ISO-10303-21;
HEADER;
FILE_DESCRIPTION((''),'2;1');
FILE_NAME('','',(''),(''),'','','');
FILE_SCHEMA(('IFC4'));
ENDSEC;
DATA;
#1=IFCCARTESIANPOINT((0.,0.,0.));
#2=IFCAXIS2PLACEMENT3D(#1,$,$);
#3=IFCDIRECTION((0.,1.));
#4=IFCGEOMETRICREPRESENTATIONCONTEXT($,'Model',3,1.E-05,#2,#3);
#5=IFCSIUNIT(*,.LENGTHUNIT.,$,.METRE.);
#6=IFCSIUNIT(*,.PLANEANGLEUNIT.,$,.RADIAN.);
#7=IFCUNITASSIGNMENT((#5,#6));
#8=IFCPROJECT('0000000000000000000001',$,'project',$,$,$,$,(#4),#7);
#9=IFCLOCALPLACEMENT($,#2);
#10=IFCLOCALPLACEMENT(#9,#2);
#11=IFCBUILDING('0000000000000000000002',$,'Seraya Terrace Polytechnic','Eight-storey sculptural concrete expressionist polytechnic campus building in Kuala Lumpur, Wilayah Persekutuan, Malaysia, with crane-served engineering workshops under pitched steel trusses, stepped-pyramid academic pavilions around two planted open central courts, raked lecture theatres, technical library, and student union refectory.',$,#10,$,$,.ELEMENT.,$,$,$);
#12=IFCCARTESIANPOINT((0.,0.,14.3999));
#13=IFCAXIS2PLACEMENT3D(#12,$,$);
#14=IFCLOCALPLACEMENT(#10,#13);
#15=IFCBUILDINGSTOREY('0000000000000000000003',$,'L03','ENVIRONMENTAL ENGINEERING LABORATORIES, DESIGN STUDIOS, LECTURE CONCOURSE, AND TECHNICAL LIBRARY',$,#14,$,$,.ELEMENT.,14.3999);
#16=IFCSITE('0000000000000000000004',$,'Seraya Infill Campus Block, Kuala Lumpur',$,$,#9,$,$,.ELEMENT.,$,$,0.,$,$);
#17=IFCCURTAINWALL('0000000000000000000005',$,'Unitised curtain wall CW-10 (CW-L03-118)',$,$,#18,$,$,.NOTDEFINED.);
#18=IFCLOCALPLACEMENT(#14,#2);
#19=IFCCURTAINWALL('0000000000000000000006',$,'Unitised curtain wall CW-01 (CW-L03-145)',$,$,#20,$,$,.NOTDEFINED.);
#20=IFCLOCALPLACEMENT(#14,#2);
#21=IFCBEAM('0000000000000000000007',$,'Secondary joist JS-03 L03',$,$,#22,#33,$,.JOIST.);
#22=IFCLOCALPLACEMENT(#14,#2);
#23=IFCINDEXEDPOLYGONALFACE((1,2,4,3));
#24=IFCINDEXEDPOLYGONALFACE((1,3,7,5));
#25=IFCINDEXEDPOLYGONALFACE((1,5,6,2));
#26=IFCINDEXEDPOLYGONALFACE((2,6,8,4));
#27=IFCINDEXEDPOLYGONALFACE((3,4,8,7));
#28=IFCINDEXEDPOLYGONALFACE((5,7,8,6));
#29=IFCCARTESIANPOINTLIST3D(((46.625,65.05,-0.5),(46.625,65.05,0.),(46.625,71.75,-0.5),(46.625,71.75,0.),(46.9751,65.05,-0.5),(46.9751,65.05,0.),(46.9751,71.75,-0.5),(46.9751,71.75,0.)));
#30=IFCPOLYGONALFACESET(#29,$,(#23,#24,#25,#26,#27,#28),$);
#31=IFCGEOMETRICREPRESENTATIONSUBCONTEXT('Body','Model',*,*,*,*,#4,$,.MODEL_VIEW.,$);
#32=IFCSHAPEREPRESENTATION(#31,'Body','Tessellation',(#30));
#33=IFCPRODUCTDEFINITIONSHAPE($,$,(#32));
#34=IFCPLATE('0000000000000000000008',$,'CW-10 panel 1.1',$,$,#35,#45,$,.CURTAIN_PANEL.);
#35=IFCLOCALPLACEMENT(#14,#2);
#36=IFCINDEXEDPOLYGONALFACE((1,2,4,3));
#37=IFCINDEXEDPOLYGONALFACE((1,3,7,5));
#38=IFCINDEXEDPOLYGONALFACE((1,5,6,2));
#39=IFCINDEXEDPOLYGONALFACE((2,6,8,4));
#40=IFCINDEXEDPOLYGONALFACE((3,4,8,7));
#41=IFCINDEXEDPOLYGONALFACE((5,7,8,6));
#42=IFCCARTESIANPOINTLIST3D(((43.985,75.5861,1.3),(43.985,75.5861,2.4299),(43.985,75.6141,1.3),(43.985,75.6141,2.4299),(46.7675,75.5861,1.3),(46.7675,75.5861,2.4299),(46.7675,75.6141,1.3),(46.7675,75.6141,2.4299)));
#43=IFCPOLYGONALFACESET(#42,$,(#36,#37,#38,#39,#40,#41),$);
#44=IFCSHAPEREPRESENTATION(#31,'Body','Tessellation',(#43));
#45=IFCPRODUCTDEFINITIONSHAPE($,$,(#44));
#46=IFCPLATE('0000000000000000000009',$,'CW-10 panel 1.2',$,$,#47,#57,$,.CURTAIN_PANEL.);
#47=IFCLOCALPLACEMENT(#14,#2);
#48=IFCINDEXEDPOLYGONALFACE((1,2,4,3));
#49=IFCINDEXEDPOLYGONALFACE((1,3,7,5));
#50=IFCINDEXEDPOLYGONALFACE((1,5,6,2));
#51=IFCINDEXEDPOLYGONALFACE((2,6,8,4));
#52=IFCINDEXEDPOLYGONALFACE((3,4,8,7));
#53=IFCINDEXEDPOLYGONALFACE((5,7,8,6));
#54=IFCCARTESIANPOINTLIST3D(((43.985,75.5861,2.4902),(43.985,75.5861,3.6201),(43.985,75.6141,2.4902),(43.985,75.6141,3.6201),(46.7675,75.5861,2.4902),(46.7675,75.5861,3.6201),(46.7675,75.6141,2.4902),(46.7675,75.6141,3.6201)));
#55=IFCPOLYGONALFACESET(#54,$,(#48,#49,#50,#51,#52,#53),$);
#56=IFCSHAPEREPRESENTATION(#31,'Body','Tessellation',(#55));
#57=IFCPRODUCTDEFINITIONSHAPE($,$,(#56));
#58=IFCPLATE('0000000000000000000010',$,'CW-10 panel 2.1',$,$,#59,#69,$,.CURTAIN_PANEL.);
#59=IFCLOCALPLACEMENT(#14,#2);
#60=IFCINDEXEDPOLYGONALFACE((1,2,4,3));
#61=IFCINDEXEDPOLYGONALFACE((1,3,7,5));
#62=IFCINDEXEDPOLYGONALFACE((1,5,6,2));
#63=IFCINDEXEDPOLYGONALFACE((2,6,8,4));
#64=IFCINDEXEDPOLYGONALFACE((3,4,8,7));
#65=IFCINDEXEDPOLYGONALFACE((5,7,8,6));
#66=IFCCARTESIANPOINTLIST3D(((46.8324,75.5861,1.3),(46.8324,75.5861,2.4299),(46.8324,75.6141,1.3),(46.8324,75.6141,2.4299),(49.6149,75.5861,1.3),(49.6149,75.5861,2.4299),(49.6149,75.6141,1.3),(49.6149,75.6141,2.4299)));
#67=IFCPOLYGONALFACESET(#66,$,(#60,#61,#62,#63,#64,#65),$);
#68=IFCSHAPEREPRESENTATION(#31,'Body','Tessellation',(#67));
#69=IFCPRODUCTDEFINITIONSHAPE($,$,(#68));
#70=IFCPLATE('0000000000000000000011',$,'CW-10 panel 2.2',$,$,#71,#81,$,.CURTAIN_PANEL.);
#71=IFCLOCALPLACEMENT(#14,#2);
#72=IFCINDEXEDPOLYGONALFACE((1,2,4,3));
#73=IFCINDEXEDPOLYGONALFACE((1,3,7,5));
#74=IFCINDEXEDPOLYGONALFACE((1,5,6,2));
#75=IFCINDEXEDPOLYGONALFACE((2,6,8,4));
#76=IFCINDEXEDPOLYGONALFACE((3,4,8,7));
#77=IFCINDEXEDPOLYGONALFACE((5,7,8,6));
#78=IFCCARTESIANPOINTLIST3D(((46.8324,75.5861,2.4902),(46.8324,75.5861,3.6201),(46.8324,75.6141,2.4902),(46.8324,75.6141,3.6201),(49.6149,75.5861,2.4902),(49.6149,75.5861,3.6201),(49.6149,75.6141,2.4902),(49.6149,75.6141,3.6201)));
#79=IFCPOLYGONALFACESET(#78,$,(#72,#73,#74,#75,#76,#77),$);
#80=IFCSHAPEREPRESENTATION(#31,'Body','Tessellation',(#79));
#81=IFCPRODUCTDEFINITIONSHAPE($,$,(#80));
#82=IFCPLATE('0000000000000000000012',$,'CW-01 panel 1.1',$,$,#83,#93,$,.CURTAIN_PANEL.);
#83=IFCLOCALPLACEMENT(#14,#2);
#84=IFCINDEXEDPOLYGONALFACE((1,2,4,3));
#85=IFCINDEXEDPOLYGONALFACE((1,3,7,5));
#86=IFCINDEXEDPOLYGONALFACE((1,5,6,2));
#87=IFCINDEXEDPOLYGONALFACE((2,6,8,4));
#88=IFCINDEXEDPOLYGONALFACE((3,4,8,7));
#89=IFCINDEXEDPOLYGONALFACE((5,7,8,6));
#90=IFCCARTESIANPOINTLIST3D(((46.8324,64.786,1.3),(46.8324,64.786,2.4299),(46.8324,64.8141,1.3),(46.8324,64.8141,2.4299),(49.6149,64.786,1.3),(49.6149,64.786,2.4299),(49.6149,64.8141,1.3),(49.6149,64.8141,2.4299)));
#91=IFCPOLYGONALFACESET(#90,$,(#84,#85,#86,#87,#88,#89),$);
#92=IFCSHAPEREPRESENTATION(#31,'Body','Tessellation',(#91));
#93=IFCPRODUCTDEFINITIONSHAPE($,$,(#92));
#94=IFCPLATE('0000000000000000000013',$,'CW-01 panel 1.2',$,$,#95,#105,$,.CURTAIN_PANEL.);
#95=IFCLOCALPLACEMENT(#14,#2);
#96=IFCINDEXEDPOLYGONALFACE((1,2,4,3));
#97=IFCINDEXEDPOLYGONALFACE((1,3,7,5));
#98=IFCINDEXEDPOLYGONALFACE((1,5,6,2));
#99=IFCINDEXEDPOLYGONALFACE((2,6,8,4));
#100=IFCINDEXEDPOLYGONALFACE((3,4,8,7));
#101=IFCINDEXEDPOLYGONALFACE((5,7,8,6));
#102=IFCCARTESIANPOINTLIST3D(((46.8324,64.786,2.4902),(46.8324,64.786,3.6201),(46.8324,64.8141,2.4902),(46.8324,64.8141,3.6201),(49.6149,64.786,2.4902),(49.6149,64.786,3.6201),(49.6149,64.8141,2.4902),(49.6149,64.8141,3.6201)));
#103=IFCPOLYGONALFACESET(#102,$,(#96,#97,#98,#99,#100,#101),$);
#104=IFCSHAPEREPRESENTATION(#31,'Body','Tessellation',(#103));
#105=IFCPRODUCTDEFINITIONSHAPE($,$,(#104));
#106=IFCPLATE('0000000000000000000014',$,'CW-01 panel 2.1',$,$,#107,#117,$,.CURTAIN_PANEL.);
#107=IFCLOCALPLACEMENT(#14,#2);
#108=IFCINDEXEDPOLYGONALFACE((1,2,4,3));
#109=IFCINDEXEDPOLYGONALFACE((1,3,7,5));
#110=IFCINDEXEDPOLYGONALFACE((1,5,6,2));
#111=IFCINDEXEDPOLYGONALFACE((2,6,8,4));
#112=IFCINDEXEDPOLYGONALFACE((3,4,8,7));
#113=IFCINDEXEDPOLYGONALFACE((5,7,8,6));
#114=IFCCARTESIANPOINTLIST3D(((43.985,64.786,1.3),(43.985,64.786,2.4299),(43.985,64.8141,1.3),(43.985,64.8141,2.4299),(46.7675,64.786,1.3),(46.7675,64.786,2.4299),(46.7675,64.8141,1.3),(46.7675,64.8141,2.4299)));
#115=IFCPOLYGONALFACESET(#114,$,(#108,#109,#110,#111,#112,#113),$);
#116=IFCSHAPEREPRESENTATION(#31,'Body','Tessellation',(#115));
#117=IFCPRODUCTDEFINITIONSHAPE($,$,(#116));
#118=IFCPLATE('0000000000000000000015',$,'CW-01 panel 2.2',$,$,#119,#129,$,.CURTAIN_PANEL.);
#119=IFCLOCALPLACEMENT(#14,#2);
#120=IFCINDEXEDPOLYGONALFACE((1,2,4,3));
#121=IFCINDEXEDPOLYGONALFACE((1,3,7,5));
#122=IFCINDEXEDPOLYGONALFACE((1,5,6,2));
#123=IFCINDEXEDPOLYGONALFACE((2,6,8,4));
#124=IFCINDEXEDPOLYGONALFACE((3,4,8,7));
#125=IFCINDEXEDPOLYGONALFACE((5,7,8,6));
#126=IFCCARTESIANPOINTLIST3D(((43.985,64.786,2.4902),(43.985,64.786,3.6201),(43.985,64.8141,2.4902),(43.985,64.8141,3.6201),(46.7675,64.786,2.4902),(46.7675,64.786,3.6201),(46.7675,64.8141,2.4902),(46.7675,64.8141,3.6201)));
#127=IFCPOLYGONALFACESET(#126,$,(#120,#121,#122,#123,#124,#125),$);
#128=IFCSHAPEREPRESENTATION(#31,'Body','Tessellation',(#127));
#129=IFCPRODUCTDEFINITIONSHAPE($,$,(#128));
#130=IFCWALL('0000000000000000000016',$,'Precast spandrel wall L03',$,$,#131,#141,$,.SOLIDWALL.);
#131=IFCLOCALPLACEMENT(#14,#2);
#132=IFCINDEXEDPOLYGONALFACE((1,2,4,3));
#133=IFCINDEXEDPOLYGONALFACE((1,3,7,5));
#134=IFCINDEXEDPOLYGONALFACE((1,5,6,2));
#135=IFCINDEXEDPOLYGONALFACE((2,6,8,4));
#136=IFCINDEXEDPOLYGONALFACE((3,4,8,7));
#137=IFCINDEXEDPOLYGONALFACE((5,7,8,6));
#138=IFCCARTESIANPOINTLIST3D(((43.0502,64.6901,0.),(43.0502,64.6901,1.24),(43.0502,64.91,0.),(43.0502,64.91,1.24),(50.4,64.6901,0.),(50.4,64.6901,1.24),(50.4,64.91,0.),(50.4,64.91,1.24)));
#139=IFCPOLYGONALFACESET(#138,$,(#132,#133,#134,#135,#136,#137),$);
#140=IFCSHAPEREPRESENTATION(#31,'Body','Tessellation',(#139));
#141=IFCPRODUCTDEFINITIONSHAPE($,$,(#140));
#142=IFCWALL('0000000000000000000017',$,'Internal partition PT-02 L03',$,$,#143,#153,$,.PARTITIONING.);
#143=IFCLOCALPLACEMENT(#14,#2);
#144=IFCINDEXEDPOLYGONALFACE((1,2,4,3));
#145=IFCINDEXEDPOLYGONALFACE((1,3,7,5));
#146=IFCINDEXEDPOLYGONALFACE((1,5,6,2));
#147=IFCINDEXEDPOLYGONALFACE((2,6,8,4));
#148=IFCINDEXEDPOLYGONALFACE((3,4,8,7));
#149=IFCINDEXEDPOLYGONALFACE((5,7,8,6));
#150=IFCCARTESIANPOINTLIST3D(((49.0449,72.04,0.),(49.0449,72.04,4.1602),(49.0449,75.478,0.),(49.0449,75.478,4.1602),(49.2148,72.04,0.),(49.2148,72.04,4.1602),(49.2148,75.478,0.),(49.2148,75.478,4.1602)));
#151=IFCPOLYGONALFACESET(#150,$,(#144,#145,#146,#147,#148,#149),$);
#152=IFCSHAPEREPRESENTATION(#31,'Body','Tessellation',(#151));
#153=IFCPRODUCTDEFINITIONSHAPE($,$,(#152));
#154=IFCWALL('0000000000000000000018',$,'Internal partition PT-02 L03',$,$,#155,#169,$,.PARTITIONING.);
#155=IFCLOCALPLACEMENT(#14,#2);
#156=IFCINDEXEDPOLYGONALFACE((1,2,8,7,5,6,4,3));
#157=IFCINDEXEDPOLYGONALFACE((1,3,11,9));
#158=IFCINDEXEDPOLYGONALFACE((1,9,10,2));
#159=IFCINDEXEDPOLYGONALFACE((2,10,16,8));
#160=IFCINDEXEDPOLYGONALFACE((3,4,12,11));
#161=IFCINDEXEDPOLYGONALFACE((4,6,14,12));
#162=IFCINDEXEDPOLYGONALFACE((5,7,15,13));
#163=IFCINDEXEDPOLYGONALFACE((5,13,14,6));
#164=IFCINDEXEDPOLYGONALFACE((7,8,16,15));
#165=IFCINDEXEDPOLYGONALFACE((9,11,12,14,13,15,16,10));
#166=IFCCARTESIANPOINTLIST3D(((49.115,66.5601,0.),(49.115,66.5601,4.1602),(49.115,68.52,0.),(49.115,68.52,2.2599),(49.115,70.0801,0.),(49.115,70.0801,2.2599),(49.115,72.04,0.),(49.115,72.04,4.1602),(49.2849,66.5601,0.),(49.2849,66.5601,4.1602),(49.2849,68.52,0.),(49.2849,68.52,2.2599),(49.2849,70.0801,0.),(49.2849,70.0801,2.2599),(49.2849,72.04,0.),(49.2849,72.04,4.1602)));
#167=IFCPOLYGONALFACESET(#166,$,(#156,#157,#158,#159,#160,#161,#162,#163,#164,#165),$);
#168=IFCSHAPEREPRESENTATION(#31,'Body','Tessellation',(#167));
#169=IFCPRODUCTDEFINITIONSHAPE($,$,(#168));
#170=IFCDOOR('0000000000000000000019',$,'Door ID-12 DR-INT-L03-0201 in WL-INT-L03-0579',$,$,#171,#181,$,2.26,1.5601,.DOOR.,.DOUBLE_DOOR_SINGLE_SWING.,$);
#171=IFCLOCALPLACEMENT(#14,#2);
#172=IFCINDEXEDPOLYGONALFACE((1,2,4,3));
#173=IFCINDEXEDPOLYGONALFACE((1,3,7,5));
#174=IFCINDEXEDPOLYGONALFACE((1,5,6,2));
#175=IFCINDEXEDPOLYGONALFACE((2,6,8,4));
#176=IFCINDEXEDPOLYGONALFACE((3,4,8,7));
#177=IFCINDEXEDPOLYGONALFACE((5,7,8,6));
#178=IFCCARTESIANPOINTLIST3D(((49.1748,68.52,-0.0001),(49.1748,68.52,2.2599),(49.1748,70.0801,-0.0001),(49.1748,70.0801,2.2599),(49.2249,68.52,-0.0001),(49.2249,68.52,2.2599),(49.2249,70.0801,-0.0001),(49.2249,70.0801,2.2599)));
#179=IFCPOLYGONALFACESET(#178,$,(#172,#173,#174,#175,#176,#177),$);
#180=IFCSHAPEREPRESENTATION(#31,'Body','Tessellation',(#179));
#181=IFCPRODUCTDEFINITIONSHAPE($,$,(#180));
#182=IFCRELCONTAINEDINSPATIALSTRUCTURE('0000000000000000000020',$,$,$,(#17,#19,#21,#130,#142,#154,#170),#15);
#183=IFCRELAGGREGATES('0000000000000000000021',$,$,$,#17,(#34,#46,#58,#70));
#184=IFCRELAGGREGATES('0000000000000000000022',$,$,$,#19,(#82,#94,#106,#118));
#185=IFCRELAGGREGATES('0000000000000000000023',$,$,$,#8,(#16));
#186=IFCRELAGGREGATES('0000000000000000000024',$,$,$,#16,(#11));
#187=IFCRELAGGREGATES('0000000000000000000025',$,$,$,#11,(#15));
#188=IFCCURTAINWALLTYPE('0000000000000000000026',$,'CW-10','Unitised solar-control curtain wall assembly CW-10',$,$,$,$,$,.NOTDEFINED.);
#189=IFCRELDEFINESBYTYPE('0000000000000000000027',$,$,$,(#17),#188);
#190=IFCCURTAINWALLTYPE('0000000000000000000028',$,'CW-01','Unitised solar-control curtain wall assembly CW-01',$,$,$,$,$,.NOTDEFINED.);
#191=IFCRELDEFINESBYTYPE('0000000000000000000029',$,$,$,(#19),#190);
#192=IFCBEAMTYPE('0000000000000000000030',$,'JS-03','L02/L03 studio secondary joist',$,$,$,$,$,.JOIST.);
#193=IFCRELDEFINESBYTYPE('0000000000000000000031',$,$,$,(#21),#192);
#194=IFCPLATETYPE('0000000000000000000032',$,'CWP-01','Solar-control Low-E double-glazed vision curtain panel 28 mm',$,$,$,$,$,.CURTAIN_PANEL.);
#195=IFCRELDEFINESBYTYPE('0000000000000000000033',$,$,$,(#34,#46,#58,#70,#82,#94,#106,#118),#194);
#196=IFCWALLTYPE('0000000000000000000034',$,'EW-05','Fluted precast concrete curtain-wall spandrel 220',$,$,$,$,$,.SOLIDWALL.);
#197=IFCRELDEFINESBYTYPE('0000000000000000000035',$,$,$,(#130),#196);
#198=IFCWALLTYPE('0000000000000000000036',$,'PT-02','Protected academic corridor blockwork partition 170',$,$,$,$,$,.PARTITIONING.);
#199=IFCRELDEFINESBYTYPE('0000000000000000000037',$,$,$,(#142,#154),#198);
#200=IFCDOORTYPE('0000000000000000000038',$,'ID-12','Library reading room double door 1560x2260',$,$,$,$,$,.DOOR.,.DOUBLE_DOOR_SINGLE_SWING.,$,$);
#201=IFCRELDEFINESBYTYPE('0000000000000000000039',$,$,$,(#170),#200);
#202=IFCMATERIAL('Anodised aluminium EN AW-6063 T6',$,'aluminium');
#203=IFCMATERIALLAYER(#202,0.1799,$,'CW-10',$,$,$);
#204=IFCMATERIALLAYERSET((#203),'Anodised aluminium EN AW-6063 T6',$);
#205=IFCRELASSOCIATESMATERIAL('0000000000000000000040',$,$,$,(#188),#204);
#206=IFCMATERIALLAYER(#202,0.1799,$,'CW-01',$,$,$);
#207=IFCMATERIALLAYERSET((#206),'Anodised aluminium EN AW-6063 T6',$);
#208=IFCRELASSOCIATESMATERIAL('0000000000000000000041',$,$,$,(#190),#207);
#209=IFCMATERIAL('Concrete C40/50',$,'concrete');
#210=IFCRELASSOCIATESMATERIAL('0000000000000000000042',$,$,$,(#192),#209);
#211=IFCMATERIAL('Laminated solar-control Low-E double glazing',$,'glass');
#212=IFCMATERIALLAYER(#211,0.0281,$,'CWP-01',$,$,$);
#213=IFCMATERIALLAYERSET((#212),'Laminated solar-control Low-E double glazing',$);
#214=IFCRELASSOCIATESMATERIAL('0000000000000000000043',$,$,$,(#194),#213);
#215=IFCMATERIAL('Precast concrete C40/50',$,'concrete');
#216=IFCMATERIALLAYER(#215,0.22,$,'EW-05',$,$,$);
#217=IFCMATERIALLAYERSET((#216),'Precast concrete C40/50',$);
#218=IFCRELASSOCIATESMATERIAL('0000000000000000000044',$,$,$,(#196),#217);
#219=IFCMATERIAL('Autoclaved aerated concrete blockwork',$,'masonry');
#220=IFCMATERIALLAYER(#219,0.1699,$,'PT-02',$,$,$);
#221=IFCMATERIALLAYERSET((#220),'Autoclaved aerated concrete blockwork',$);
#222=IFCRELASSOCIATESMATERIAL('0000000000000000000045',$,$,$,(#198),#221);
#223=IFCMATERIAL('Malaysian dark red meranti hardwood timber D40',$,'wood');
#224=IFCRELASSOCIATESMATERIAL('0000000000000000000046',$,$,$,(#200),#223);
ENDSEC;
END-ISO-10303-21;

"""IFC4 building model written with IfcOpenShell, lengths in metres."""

from ifc_helpers import new_model, si_unit, direction, frame, frame_2d, origin, origin_2d, place, context, subcontext, project, spatial, rectangle, extrude, material, layer, layer_set, material_profile, profile_set, type_object, element, fill, aggregate, save


model = new_model("IFC4")

# Units and contexts
model_context = context("Model", 3, precision=1e-05, world=origin(), true_north=direction((0.0, 1.0)))
body_context = subcontext(model_context, "Body", "Model", "MODEL_VIEW")
ifc_project = project(units=[si_unit("LENGTHUNIT", "METRE"), si_unit("PLANEANGLEUNIT", "RADIAN")], contexts=[model_context])

# Site, building, storey
site_placement = place(None, origin())
site = spatial("IfcSite", under=ifc_project, at=site_placement, Name="Seraya Infill Campus Block, Kuala Lumpur", CompositionType="ELEMENT", RefElevation=0.0)
building_placement = place(site_placement, origin())
building = spatial("IfcBuilding", under=site, at=building_placement, Name="Seraya Terrace Polytechnic", Description="Eight-storey sculptural concrete expressionist polytechnic campus building in Kuala Lumpur, Wilayah Persekutuan, Malaysia, with crane-served engineering workshops under pitched steel trusses, stepped-pyramid academic pavilions around two planted open central courts, raked lecture theatres, technical library, and student union refectory.", CompositionType="ELEMENT")
storey_placement = place(building_placement, frame((0.0, 0.0, 14.3999)))
storey = spatial("IfcBuildingStorey", under=building, at=storey_placement, Name="L03", Description="ENVIRONMENTAL ENGINEERING LABORATORIES, DESIGN STUDIOS, LECTURE CONCOURSE, AND TECHNICAL LIBRARY", CompositionType="ELEMENT", Elevation=14.3999)

# Shared definitions
ifc_material_1 = material(Name="Concrete C40/50", Category="concrete")

# Curtain walls
ifc_material_2 = material(Name="Anodised aluminium EN AW-6063 T6", Category="aluminium")
ifc_layer_1 = layer(ifc_material_2, 0.1799, Name="CW-10")
ifc_layer_set_1 = layer_set([ifc_layer_1], Name="Anodised aluminium EN AW-6063 T6")
curtain_wall_type_1 = type_object("IfcCurtainWallType", Name="CW-10", Description="Unitised solar-control curtain wall assembly CW-10", PredefinedType="NOTDEFINED", material=ifc_layer_set_1)
curtain_wall_1_placement = place(storey_placement, origin())
curtain_wall_1 = element("IfcCurtainWall", 1, at=curtain_wall_1_placement, inside=storey, type_object=curtain_wall_type_1, Name="Unitised curtain wall CW-10 (CW-L03-118)", PredefinedType="NOTDEFINED")
ifc_layer_2 = layer(ifc_material_2, 0.1799, Name="CW-01")
ifc_layer_set_2 = layer_set([ifc_layer_2], Name="Anodised aluminium EN AW-6063 T6")
curtain_wall_type_2 = type_object("IfcCurtainWallType", Name="CW-01", Description="Unitised solar-control curtain wall assembly CW-01", PredefinedType="NOTDEFINED", material=ifc_layer_set_2)
curtain_wall_2_placement = place(storey_placement, origin())
curtain_wall_2 = element("IfcCurtainWall", 2, at=curtain_wall_2_placement, inside=storey, type_object=curtain_wall_type_2, Name="Unitised curtain wall CW-01 (CW-L03-145)", PredefinedType="NOTDEFINED")

# Beam
ifc_material_profile_1 = material_profile(ifc_material_1, rectangle(XDim=0.3501, YDim=0.5, at=origin_2d()), Name="RC 350x500")
ifc_profile_set_1 = profile_set([ifc_material_profile_1], Name="Concrete C40/50")
beam_type_1 = type_object("IfcBeamType", Name="JS-03", Description="L02/L03 studio secondary joist", PredefinedType="JOIST", material=ifc_profile_set_1)
beam_1_placement = place(storey_placement, frame((46.8, 65.05, -0.25), z_axis=(0.0, 1.0, 0.0), x_axis=(-1.0, 0.0, 0.0)))
element("IfcBeam", 3, at=beam_1_placement, inside=storey, type_object=beam_type_1, Name="Secondary joist JS-03 L03", PredefinedType="JOIST", context=body_context, shape_type="SweptSolid", body=[
    extrude(rectangle(XDim=0.3501, YDim=0.5, at=origin_2d()), origin(), (0.0, 0.0, 1.0), 6.7),
])

# Plates
ifc_material_3 = material(Name="Laminated solar-control Low-E double glazing", Category="glass")
ifc_layer_3 = layer(ifc_material_3, 0.0281, Name="CWP-01")
ifc_layer_set_3 = layer_set([ifc_layer_3], Name="Laminated solar-control Low-E double glazing")
plate_type = type_object("IfcPlateType", Name="CWP-01", Description="Solar-control Low-E double-glazed vision curtain panel 28 mm", PredefinedType="CURTAIN_PANEL", material=ifc_layer_set_3)
plate_1_placement = place(storey_placement, frame((45.3762, 75.6001, 1.3), z_axis=(0.0, 0.0, 1.0), x_axis=(1.0, 0.0, 0.0)))
plate_1 = element("IfcPlate", 4, at=plate_1_placement, type_object=plate_type, Name="CW-10 panel 1.1", PredefinedType="CURTAIN_PANEL", context=body_context, shape_type="SweptSolid", body=[
    extrude(rectangle(XDim=2.7825, YDim=0.0281, at=origin_2d()), origin(), (0.0, 0.0, 1.0), 1.1299),
])
plate_2_placement = place(storey_placement, frame((45.3762, 75.6001, 2.4902), z_axis=(0.0, 0.0, 1.0), x_axis=(1.0, 0.0, 0.0)))
plate_2 = element("IfcPlate", 5, at=plate_2_placement, type_object=plate_type, Name="CW-10 panel 1.2", PredefinedType="CURTAIN_PANEL", context=body_context, shape_type="SweptSolid", body=[
    extrude(rectangle(XDim=2.7825, YDim=0.0281, at=origin_2d()), origin(), (0.0, 0.0, 1.0), 1.1299),
])
plate_3_placement = place(storey_placement, frame((48.2236, 75.6001, 1.3), z_axis=(0.0, 0.0, 1.0), x_axis=(1.0, 0.0, 0.0)))
plate_3 = element("IfcPlate", 6, at=plate_3_placement, type_object=plate_type, Name="CW-10 panel 2.1", PredefinedType="CURTAIN_PANEL", context=body_context, shape_type="SweptSolid", body=[
    extrude(rectangle(XDim=2.7825, YDim=0.0281, at=origin_2d()), origin(), (0.0, 0.0, 1.0), 1.1299),
])
plate_4_placement = place(storey_placement, frame((48.2236, 75.6001, 2.4902), z_axis=(0.0, 0.0, 1.0), x_axis=(1.0, 0.0, 0.0)))
plate_4 = element("IfcPlate", 7, at=plate_4_placement, type_object=plate_type, Name="CW-10 panel 2.2", PredefinedType="CURTAIN_PANEL", context=body_context, shape_type="SweptSolid", body=[
    extrude(rectangle(XDim=2.7825, YDim=0.0281, at=origin_2d()), origin(), (0.0, 0.0, 1.0), 1.1299),
])
aggregate(curtain_wall_1, [plate_1, plate_2, plate_3, plate_4])
plate_5_placement = place(storey_placement, frame((48.2236, 64.8, 1.3), z_axis=(0.0, 0.0, 1.0), x_axis=(-1.0, 0.0, 0.0)))
plate_5 = element("IfcPlate", 8, at=plate_5_placement, type_object=plate_type, Name="CW-01 panel 1.1", PredefinedType="CURTAIN_PANEL", context=body_context, shape_type="SweptSolid", body=[
    extrude(rectangle(XDim=2.7825, YDim=0.0281, at=origin_2d()), origin(), (0.0, 0.0, 1.0), 1.1299),
])
plate_6_placement = place(storey_placement, frame((48.2236, 64.8, 2.4902), z_axis=(0.0, 0.0, 1.0), x_axis=(-1.0, 0.0, 0.0)))
plate_6 = element("IfcPlate", 9, at=plate_6_placement, type_object=plate_type, Name="CW-01 panel 1.2", PredefinedType="CURTAIN_PANEL", context=body_context, shape_type="SweptSolid", body=[
    extrude(rectangle(XDim=2.7825, YDim=0.0281, at=origin_2d()), origin(), (0.0, 0.0, 1.0), 1.1299),
])
plate_7_placement = place(storey_placement, frame((45.3762, 64.8, 1.3), z_axis=(0.0, 0.0, 1.0), x_axis=(-1.0, 0.0, 0.0)))
plate_7 = element("IfcPlate", 10, at=plate_7_placement, type_object=plate_type, Name="CW-01 panel 2.1", PredefinedType="CURTAIN_PANEL", context=body_context, shape_type="SweptSolid", body=[
    extrude(rectangle(XDim=2.7825, YDim=0.0281, at=origin_2d()), origin(), (0.0, 0.0, 1.0), 1.1299),
])
plate_8_placement = place(storey_placement, frame((45.3762, 64.8, 2.4902), z_axis=(0.0, 0.0, 1.0), x_axis=(-1.0, 0.0, 0.0)))
plate_8 = element("IfcPlate", 11, at=plate_8_placement, type_object=plate_type, Name="CW-01 panel 2.2", PredefinedType="CURTAIN_PANEL", context=body_context, shape_type="SweptSolid", body=[
    extrude(rectangle(XDim=2.7825, YDim=0.0281, at=origin_2d()), origin(), (0.0, 0.0, 1.0), 1.1299),
])
aggregate(curtain_wall_2, [plate_5, plate_6, plate_7, plate_8])

# Walls
ifc_material_4 = material(Name="Precast concrete C40/50", Category="concrete")
ifc_layer_4 = layer(ifc_material_4, 0.22, Name="EW-05")
ifc_layer_set_4 = layer_set([ifc_layer_4], Name="Precast concrete C40/50")
wall_type_1 = type_object("IfcWallType", Name="EW-05", Description="Fluted precast concrete curtain-wall spandrel 220", PredefinedType="SOLIDWALL", material=ifc_layer_set_4)
wall_1_placement = place(storey_placement, frame((50.3999, 64.8, 0.0), z_axis=(0.0, 0.0, 1.0), x_axis=(-1.0, 0.0, 0.0)))
element("IfcWall", 12, at=wall_1_placement, inside=storey, type_object=wall_type_1, Name="Precast spandrel wall L03", PredefinedType="SOLIDWALL", context=body_context, shape_type="SweptSolid", body=[
    extrude(rectangle(XDim=7.3499, YDim=0.22, at=frame_2d((3.6748, 0.0))), origin(), (0.0, 0.0, 1.0), 1.24),
])
ifc_material_5 = material(Name="Autoclaved aerated concrete blockwork", Category="masonry")
ifc_layer_5 = layer(ifc_material_5, 0.1699, Name="PT-02")
ifc_layer_set_5 = layer_set([ifc_layer_5], Name="Autoclaved aerated concrete blockwork")
wall_type_2 = type_object("IfcWallType", Name="PT-02", Description="Protected academic corridor blockwork partition 170", PredefinedType="PARTITIONING", material=ifc_layer_set_5)
wall_2_placement = place(storey_placement, frame((49.1299, 72.04, 0.0), z_axis=(0.0, 0.0, 1.0), x_axis=(0.0, 1.0, 0.0)))
element("IfcWall", 13, at=wall_2_placement, inside=storey, type_object=wall_type_2, Name="Internal partition PT-02 L03", PredefinedType="PARTITIONING", context=body_context, shape_type="SweptSolid", body=[
    extrude(rectangle(XDim=3.438, YDim=0.1699, at=frame_2d((1.719, 0.0))), origin(), (0.0, 0.0, 1.0), 4.1602),
])

# Wall, opening, door
wall_3_placement = place(storey_placement, frame((49.2, 66.5601, 0.0), z_axis=(0.0, 0.0, 1.0), x_axis=(0.0, 1.0, 0.0)))
wall_3 = element("IfcWall", 14, at=wall_3_placement, inside=storey, type_object=wall_type_2, Name="Internal partition PT-02 L03", PredefinedType="PARTITIONING", context=body_context, shape_type="SweptSolid", body=[
    extrude(rectangle(XDim=5.48, YDim=0.1699, at=frame_2d((2.74, 0.0))), origin(), (0.0, 0.0, 1.0), 4.1602),
])
opening_placement = place(wall_3_placement, frame((1.96, 0.0, 0.0)))
opening = element("IfcOpeningElement", 15, at=opening_placement, cuts=wall_3, PredefinedType="OPENING", context=body_context, shape_type="SweptSolid", body=[
    extrude(rectangle(XDim=1.5601, YDim=2.26, at=frame_2d((0.78, 1.1299))), frame((0.0, 0.0969, 0.0), z_axis=(0.0, -1.0, 0.0), x_axis=(1.0, 0.0, 0.0)), (0.0, 0.0, 1.0), 0.1938),
])
ifc_material_6 = material(Name="Malaysian dark red meranti hardwood timber D40", Category="wood")
door_type = type_object("IfcDoorType", Name="ID-12", Description="Library reading room double door 1560x2260", OperationType="DOUBLE_DOOR_SINGLE_SWING", PredefinedType="DOOR", material=ifc_material_6)
door_placement = place(opening_placement, frame((1.5601, 0.0, 0.0), z_axis=(0.0, 0.0, 1.0), x_axis=(-1.0, 0.0, 0.0)))
door = element("IfcDoor", 16, at=door_placement, inside=storey, type_object=door_type, Name="Door ID-12 DR-INT-L03-0201 in WL-INT-L03-0579", OperationType="DOUBLE_DOOR_SINGLE_SWING", OverallHeight=2.26, OverallWidth=1.5601, PredefinedType="DOOR", context=body_context, shape_type="SweptSolid", body=[
    extrude(rectangle(XDim=1.5601, YDim=2.26, at=frame_2d((0.78, 1.1299))), frame((0.0, 0.0249, 0.0), z_axis=(0.0, -1.0, 0.0), x_axis=(1.0, 0.0, 0.0)), (0.0, 0.0, 1.0), 0.05),
])
fill(opening, door)

save(model, "model.ifc")
